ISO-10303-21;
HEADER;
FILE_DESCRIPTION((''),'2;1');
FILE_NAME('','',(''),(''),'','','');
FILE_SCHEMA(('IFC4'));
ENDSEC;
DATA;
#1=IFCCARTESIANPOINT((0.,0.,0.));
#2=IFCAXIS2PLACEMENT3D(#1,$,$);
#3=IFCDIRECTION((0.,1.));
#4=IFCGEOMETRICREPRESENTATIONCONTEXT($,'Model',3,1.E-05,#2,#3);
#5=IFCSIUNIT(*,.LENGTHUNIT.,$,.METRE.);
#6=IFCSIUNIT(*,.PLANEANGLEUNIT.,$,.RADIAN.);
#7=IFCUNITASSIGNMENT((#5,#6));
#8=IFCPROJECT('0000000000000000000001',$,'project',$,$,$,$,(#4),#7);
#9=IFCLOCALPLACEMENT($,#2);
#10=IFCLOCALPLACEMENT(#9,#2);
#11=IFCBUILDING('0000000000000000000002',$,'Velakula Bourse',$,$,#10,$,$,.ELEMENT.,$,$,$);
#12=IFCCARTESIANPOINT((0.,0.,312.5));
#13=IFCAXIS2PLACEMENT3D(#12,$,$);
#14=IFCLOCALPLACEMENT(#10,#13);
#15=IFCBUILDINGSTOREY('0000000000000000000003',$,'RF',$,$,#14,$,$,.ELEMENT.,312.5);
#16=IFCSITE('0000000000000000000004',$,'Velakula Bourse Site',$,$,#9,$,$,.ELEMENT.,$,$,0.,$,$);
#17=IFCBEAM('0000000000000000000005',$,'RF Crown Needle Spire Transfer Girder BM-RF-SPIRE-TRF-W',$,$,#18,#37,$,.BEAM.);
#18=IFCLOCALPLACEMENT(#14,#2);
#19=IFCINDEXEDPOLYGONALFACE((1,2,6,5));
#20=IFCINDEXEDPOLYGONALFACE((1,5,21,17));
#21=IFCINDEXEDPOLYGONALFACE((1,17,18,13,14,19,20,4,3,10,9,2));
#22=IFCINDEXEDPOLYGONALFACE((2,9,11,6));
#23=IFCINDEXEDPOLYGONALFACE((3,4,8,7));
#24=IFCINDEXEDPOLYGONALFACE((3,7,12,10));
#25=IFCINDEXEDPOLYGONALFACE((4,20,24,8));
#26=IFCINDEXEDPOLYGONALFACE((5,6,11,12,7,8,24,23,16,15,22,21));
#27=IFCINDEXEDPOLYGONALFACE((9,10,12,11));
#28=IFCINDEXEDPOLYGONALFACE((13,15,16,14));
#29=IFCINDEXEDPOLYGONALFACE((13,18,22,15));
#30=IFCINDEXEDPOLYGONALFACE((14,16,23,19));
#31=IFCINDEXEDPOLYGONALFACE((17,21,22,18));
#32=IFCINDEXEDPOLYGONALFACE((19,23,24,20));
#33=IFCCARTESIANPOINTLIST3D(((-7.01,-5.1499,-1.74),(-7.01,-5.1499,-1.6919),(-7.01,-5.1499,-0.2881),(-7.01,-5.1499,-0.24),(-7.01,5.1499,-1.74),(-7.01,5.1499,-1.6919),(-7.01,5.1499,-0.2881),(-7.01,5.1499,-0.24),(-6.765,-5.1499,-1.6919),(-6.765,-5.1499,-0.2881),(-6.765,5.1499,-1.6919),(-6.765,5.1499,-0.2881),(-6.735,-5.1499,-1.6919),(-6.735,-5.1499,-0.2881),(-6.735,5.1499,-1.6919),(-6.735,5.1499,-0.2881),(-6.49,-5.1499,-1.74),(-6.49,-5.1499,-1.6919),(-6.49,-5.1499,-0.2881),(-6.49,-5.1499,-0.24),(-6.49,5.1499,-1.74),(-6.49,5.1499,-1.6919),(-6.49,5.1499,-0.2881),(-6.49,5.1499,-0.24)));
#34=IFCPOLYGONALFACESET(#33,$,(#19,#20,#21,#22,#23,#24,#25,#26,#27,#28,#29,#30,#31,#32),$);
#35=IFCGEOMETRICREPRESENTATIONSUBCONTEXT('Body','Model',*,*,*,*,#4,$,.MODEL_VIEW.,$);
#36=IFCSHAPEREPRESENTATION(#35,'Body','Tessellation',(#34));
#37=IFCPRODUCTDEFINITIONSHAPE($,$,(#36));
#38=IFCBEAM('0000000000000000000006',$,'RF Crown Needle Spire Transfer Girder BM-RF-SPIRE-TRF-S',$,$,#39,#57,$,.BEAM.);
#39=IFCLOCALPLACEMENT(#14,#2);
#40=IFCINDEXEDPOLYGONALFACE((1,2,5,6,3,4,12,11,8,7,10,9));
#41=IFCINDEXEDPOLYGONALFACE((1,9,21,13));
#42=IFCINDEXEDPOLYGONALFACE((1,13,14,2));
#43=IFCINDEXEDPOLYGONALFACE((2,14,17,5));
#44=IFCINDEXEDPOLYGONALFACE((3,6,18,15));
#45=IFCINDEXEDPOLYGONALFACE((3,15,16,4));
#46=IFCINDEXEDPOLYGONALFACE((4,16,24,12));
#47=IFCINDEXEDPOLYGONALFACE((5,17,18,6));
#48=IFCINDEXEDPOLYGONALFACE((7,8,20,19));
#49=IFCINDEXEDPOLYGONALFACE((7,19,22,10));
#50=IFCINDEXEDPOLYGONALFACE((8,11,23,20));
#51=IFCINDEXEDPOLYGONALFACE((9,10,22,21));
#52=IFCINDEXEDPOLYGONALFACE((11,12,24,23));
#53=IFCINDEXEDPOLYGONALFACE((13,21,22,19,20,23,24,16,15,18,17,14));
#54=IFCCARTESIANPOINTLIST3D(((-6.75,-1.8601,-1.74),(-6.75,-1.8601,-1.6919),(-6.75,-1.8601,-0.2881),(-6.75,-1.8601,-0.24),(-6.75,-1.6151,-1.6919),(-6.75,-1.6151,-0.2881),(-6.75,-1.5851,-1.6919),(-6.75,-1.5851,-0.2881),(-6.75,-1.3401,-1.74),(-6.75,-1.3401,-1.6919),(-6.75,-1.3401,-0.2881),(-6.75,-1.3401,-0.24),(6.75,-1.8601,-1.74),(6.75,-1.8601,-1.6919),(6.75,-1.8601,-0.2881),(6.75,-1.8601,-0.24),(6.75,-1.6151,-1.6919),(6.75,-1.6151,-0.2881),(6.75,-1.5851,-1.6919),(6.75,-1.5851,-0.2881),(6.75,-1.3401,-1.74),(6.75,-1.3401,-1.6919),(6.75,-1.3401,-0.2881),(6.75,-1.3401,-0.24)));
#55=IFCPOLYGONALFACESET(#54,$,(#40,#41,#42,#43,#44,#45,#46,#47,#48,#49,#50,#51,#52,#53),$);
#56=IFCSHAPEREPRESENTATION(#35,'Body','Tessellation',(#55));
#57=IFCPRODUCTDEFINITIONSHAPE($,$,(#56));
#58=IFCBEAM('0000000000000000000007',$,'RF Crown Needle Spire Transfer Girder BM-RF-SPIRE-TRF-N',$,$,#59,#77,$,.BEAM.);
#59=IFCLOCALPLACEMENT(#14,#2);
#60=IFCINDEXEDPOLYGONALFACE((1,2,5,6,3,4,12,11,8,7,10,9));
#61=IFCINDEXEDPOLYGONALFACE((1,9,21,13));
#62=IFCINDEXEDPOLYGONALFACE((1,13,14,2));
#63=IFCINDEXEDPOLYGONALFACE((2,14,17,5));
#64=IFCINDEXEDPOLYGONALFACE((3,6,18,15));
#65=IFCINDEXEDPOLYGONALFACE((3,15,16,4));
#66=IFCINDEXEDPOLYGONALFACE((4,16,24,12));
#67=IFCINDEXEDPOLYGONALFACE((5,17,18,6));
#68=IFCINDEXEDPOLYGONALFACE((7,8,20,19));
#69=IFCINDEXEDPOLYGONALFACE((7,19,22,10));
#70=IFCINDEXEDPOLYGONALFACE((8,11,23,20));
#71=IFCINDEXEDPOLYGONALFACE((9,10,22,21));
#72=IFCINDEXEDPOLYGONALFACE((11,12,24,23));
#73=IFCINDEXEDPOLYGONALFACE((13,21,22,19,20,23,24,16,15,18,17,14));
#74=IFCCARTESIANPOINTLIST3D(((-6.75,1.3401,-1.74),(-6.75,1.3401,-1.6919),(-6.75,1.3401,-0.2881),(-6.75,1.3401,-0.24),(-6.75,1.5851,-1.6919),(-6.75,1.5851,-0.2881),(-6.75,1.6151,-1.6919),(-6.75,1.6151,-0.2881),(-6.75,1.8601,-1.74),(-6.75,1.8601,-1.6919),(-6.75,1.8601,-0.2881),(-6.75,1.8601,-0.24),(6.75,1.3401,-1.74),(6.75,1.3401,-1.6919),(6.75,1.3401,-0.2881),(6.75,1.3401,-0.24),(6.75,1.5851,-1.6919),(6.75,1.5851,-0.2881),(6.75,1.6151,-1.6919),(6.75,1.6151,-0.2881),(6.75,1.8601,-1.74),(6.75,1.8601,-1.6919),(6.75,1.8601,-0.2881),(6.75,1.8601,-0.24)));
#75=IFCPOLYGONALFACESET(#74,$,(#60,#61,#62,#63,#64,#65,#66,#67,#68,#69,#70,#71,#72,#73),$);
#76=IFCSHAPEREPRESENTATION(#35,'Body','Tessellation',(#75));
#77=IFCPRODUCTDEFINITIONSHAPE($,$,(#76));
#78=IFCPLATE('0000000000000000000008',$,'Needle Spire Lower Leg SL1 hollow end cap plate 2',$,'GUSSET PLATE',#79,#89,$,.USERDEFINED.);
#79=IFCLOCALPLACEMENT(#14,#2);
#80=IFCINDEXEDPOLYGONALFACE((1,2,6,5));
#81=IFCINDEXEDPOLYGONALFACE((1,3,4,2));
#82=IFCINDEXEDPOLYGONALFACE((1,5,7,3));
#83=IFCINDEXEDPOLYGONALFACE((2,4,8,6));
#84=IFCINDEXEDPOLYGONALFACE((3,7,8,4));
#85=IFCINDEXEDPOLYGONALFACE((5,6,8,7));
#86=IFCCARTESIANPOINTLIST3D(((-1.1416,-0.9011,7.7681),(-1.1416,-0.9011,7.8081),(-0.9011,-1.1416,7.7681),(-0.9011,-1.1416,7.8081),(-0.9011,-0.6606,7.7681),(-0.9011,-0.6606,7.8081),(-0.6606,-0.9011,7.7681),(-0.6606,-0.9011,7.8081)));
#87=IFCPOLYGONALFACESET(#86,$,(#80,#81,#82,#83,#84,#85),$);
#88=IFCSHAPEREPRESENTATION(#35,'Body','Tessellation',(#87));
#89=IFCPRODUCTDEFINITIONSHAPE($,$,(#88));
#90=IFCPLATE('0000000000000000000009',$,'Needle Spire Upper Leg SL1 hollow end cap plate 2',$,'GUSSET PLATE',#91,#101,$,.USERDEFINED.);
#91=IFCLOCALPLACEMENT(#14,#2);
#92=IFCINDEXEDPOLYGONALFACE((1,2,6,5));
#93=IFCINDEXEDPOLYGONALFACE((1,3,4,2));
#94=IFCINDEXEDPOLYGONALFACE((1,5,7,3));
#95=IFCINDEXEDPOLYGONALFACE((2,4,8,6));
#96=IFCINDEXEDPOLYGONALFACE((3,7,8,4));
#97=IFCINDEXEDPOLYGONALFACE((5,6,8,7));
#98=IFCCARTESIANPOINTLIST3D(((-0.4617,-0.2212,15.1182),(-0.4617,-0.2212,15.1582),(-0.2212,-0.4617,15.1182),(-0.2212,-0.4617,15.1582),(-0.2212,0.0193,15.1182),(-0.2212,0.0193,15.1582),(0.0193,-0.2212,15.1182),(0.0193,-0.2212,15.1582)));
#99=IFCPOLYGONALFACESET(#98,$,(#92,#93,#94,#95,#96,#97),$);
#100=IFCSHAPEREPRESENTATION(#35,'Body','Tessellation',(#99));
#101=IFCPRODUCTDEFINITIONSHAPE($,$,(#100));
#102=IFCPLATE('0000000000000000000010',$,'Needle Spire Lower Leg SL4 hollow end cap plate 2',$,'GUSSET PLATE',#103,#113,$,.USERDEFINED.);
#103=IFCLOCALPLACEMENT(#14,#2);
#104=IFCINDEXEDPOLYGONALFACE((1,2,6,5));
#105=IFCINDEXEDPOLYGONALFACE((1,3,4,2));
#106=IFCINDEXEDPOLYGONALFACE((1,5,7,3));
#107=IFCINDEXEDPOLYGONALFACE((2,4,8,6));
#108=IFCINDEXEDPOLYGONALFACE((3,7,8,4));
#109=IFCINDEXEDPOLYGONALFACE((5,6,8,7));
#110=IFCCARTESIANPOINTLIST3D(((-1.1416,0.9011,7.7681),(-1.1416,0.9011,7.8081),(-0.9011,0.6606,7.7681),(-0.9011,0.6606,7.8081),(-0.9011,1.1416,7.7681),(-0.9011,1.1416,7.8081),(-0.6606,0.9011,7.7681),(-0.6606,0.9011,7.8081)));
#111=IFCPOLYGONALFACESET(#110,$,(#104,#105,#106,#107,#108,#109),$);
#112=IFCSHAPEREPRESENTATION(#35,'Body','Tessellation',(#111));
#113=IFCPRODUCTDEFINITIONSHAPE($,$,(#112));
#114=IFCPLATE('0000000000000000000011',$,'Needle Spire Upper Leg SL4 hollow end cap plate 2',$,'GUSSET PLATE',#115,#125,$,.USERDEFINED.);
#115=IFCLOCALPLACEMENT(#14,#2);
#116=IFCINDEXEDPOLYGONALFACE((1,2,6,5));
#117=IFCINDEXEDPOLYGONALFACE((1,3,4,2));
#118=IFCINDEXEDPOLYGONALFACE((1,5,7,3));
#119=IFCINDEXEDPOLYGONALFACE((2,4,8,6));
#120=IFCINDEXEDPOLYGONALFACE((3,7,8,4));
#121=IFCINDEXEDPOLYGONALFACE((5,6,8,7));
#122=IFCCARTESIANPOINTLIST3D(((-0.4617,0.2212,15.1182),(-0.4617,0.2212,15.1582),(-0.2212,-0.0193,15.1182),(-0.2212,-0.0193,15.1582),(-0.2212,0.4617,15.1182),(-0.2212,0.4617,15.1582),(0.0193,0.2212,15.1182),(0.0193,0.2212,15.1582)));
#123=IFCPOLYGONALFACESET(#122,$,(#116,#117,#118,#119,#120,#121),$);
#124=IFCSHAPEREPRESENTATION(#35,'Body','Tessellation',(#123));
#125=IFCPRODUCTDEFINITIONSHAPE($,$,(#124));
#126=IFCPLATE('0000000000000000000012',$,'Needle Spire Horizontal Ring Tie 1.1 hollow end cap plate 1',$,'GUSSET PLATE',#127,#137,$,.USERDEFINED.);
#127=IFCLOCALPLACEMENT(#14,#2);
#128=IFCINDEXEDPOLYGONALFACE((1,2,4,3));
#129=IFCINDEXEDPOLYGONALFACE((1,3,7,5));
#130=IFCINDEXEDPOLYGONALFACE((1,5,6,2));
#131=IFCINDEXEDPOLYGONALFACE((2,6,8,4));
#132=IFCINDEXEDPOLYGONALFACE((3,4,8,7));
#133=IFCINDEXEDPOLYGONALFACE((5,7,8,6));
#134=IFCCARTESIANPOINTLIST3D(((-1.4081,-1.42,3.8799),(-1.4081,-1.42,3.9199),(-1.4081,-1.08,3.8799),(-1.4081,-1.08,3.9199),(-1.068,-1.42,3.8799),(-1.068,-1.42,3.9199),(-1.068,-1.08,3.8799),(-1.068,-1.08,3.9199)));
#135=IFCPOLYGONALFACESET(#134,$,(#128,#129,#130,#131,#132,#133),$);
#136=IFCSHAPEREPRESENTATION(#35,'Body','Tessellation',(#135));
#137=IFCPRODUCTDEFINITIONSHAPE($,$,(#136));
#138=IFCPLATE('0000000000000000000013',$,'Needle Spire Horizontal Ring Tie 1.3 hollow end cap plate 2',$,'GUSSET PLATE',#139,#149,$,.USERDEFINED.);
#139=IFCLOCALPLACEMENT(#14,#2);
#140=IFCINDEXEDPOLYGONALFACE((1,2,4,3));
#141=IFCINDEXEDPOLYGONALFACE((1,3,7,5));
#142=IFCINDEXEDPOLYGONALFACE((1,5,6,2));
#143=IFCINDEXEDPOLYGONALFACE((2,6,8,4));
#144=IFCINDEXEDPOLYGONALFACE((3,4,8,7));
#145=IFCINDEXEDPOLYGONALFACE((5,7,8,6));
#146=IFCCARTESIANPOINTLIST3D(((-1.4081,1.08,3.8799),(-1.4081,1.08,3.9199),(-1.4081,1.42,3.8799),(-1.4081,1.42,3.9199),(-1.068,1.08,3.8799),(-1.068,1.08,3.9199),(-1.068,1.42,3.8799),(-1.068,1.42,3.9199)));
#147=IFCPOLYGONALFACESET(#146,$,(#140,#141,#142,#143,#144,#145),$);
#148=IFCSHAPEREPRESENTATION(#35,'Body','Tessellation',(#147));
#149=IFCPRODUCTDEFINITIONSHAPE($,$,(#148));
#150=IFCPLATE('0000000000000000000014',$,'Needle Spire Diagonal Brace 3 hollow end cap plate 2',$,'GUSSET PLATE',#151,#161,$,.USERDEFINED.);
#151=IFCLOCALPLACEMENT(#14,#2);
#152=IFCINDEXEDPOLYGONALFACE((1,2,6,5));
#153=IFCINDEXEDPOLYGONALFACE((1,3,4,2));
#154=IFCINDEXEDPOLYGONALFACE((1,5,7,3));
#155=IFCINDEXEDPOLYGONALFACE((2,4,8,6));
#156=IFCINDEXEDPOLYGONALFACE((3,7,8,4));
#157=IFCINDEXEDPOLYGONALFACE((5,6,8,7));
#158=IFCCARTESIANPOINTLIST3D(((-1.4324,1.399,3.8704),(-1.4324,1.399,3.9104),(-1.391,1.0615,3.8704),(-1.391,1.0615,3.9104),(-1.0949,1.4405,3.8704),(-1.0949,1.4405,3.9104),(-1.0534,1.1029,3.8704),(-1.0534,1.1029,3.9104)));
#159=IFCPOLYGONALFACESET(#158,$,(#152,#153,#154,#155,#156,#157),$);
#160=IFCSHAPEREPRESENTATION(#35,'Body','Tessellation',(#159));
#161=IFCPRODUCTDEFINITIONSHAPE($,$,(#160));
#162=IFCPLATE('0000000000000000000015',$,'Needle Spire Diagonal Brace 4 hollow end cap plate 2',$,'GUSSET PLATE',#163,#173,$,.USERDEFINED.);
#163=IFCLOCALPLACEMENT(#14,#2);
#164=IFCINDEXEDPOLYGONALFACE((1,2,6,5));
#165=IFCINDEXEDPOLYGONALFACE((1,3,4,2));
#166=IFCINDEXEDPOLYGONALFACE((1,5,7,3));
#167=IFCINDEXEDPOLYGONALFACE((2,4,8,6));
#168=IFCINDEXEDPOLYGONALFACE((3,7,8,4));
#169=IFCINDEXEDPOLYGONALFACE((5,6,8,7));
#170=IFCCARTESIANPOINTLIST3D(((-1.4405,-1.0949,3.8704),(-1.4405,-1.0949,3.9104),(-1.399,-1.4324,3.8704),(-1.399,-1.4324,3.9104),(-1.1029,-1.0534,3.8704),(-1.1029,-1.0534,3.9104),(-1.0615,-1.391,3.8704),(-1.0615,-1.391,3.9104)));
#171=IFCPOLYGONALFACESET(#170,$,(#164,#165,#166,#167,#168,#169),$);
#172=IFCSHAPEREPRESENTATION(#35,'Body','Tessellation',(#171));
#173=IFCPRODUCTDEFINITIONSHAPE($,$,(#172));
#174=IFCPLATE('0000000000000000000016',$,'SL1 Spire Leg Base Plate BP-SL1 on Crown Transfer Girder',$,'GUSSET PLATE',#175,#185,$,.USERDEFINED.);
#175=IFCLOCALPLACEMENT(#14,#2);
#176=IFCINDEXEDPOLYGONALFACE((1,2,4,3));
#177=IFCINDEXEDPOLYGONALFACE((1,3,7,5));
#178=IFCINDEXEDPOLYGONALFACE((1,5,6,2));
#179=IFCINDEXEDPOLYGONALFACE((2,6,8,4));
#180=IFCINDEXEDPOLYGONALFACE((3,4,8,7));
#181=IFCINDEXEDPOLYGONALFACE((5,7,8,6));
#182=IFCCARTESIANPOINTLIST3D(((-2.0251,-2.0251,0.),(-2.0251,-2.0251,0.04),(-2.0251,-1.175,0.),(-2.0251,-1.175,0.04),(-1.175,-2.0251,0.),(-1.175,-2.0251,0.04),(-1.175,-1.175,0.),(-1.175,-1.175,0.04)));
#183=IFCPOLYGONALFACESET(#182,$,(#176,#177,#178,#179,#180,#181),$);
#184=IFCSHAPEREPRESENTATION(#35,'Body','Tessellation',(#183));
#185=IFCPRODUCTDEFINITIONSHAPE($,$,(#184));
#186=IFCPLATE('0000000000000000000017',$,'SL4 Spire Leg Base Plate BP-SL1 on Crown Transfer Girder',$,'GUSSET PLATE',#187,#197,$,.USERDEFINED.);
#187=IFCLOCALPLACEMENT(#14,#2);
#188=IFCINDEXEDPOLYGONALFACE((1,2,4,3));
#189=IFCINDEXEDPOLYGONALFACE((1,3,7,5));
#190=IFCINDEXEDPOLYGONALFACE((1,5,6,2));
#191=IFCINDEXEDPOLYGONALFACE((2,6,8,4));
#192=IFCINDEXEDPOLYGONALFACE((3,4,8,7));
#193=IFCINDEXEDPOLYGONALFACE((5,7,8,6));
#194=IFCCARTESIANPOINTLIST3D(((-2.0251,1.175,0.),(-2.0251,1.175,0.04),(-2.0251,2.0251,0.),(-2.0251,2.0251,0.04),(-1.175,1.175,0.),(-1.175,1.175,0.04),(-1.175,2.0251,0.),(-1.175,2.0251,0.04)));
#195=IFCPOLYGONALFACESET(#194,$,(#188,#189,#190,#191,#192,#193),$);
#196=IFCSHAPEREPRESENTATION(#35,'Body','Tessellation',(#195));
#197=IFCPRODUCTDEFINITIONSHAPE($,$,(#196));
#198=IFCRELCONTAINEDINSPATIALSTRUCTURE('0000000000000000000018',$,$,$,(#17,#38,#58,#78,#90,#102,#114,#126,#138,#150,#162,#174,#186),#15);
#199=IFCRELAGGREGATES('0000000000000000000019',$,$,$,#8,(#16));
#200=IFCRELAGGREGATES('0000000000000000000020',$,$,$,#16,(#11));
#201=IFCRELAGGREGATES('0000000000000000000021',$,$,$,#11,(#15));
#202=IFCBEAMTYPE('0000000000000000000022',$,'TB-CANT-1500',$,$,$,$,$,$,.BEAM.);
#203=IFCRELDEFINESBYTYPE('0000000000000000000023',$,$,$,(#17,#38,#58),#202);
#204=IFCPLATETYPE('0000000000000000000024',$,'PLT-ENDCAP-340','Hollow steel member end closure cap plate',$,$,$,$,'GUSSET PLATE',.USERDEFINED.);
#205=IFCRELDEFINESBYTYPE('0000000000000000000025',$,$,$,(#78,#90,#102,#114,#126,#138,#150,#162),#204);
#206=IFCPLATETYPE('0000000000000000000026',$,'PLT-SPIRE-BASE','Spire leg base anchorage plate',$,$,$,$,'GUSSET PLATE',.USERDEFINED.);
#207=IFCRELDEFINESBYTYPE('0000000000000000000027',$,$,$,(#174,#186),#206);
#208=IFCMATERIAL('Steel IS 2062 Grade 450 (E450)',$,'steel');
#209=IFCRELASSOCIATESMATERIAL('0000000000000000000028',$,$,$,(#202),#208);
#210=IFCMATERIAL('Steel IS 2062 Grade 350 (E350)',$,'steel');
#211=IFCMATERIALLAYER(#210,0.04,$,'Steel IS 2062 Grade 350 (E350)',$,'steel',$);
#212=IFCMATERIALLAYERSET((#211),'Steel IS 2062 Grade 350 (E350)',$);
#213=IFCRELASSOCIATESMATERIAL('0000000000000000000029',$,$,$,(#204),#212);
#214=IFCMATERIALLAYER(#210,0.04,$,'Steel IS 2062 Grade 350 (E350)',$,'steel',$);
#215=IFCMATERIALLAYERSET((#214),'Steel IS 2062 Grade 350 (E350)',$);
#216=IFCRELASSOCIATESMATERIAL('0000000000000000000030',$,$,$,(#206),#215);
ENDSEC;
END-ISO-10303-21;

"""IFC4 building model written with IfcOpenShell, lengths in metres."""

from ifc_helpers import new_model, si_unit, direction, frame, origin, origin_2d, place, context, subcontext, project, spatial, rectangle, i_section, extrude, material, layer, layer_set, material_profile, profile_set, type_object, element, save


model = new_model("IFC4")

# Units and contexts
model_context = context("Model", 3, precision=1e-05, world=origin(), true_north=direction((0.0, 1.0)))
body_context = subcontext(model_context, "Body", "Model", "MODEL_VIEW")
ifc_project = project(units=[si_unit("LENGTHUNIT", "METRE"), si_unit("PLANEANGLEUNIT", "RADIAN")], contexts=[model_context])

# Site, building, storey
site_placement = place(None, origin())
site = spatial("IfcSite", under=ifc_project, at=site_placement, Name="Velakula Bourse Site", CompositionType="ELEMENT", RefElevation=0.0)
building_placement = place(site_placement, origin())
building = spatial("IfcBuilding", under=site, at=building_placement, Name="Velakula Bourse", CompositionType="ELEMENT")
storey_placement = place(building_placement, frame((0.0, 0.0, 312.5)))
storey = spatial("IfcBuildingStorey", under=building, at=storey_placement, Name="RF", CompositionType="ELEMENT", Elevation=312.5)

# Shared definitions
ifc_material_1 = material(Name="Steel IS 2062 Grade 350 (E350)", Category="steel")

# Beams
ifc_material_2 = material(Name="Steel IS 2062 Grade 450 (E450)", Category="steel")
ifc_material_profile_1 = material_profile(ifc_material_2, i_section(OverallWidth=0.52, OverallDepth=1.5, WebThickness=0.03, FlangeThickness=0.0481, at=origin_2d()), Name="Steel IS 2062 Grade 450 (E450)")
ifc_profile_set_1 = profile_set([ifc_material_profile_1], Name="Steel IS 2062 Grade 450 (E450)")
beam_type_1 = type_object("IfcBeamType", Name="TB-CANT-1500", PredefinedType="BEAM", material=ifc_profile_set_1)
beam_1_placement = place(storey_placement, frame((-6.75, -5.1499, -0.99), z_axis=(0.0, 1.0, 0.0), x_axis=(-1.0, 0.0, 0.0)))
element("IfcBeam", 1, at=beam_1_placement, inside=storey, type_object=beam_type_1, Name="RF Crown Needle Spire Transfer Girder BM-RF-SPIRE-TRF-W", PredefinedType="BEAM", context=body_context, shape_type="SweptSolid", body=[
    extrude(i_section(OverallWidth=0.52, OverallDepth=1.5, WebThickness=0.03, FlangeThickness=0.0481, at=origin_2d()), origin(), (0.0, 0.0, 1.0), 10.2998),
])
for number, where, z_axis, x_axis, name in (
    (2, (-6.75, -1.6001, -0.99), (1.0, 0.0, 0.0), (0.0, 1.0, 0.0), "RF Crown Needle Spire Transfer Girder BM-RF-SPIRE-TRF-S"),
    (3, (-6.75, 1.6001, -0.99), (1.0, 0.0, 0.0), (0.0, 1.0, 0.0), "RF Crown Needle Spire Transfer Girder BM-RF-SPIRE-TRF-N"),
):
    element("IfcBeam", number, at=place(storey_placement, frame(where, z_axis=z_axis, x_axis=x_axis)), inside=storey, type_object=beam_type_1, Name=name, PredefinedType="BEAM", context=body_context, shape_type="SweptSolid", body=[
        extrude(i_section(OverallWidth=0.52, OverallDepth=1.5, WebThickness=0.03, FlangeThickness=0.0481, at=origin_2d()), origin(), (0.0, 0.0, 1.0), 13.5),
    ])

# Plates
ifc_layer_1 = layer(ifc_material_1, 0.04, Name="Steel IS 2062 Grade 350 (E350)", Category="steel")
ifc_layer_set_1 = layer_set([ifc_layer_1], Name="Steel IS 2062 Grade 350 (E350)")
plate_type_1 = type_object("IfcPlateType", Name="PLT-ENDCAP-340", Description="Hollow steel member end closure cap plate", ElementType="GUSSET PLATE", PredefinedType="USERDEFINED", material=ifc_layer_set_1)
for number, where, z_axis, x_axis, name in (
    (4, (-0.9011, -0.9011, 7.7681), (0.0, 0.0, 1.0), (0.707107, 0.707107, 0.0), "Needle Spire Lower Leg SL1 hollow end cap plate 2"),
    (5, (-0.2212, -0.2212, 15.1182), (0.0, 0.0, 1.0), (0.707107, 0.707107, 0.0), "Needle Spire Upper Leg SL1 hollow end cap plate 2"),
    (6, (-0.9011, 0.9011, 7.7681), (0.0, 0.0, 1.0), (0.707107, -0.707107, 0.0), "Needle Spire Lower Leg SL4 hollow end cap plate 2"),
    (7, (-0.2212, 0.2212, 15.1182), (0.0, 0.0, 1.0), (0.707107, -0.707107, 0.0), "Needle Spire Upper Leg SL4 hollow end cap plate 2"),
    (8, (-1.238, -1.25, 3.8799), (0.0, 0.0, 1.0), (1.0, 0.0, 0.0), "Needle Spire Horizontal Ring Tie 1.1 hollow end cap plate 1"),
    (9, (-1.238, 1.25, 3.8799), (0.0, 0.0, 1.0), (-1.0, 0.0, 0.0), "Needle Spire Horizontal Ring Tie 1.3 hollow end cap plate 2"),
    (10, (-1.2429, 1.251, 3.8704), (0.0, 0.0, 1.0), (-0.992544, -0.121887, 0.0), "Needle Spire Diagonal Brace 3 hollow end cap plate 2"),
    (11, (-1.251, -1.2429, 3.8704), (0.0, 0.0, 1.0), (0.121887, -0.992544, 0.0), "Needle Spire Diagonal Brace 4 hollow end cap plate 2"),
):
    element("IfcPlate", number, at=place(storey_placement, frame(where, z_axis=z_axis, x_axis=x_axis)), inside=storey, type_object=plate_type_1, Name=name, ObjectType="GUSSET PLATE", PredefinedType="USERDEFINED", context=body_context, shape_type="SweptSolid", body=[
        extrude(rectangle(XDim=0.3401, YDim=0.3401, at=origin_2d()), origin(), (0.0, 0.0, 1.0), 0.04),
    ])
ifc_layer_2 = layer(ifc_material_1, 0.04, Name="Steel IS 2062 Grade 350 (E350)", Category="steel")
ifc_layer_set_2 = layer_set([ifc_layer_2], Name="Steel IS 2062 Grade 350 (E350)")
plate_type_2 = type_object("IfcPlateType", Name="PLT-SPIRE-BASE", Description="Spire leg base anchorage plate", ElementType="GUSSET PLATE", PredefinedType="USERDEFINED", material=ifc_layer_set_2)
for number, where, z_axis, x_axis, name in (
    (12, (-1.6001, -1.6001, 0.0), (0.0, 0.0, 1.0), (1.0, 0.0, 0.0), "SL1 Spire Leg Base Plate BP-SL1 on Crown Transfer Girder"),
    (13, (-1.6001, 1.6001, 0.0), (0.0, 0.0, 1.0), (1.0, 0.0, 0.0), "SL4 Spire Leg Base Plate BP-SL1 on Crown Transfer Girder"),
):
    element("IfcPlate", number, at=place(storey_placement, frame(where, z_axis=z_axis, x_axis=x_axis)), inside=storey, type_object=plate_type_2, Name=name, ObjectType="GUSSET PLATE", PredefinedType="USERDEFINED", context=body_context, shape_type="SweptSolid", body=[
        extrude(rectangle(XDim=0.8501, YDim=0.8501, at=origin_2d()), origin(), (0.0, 0.0, 1.0), 0.04),
    ])

save(model, "model.ifc")
